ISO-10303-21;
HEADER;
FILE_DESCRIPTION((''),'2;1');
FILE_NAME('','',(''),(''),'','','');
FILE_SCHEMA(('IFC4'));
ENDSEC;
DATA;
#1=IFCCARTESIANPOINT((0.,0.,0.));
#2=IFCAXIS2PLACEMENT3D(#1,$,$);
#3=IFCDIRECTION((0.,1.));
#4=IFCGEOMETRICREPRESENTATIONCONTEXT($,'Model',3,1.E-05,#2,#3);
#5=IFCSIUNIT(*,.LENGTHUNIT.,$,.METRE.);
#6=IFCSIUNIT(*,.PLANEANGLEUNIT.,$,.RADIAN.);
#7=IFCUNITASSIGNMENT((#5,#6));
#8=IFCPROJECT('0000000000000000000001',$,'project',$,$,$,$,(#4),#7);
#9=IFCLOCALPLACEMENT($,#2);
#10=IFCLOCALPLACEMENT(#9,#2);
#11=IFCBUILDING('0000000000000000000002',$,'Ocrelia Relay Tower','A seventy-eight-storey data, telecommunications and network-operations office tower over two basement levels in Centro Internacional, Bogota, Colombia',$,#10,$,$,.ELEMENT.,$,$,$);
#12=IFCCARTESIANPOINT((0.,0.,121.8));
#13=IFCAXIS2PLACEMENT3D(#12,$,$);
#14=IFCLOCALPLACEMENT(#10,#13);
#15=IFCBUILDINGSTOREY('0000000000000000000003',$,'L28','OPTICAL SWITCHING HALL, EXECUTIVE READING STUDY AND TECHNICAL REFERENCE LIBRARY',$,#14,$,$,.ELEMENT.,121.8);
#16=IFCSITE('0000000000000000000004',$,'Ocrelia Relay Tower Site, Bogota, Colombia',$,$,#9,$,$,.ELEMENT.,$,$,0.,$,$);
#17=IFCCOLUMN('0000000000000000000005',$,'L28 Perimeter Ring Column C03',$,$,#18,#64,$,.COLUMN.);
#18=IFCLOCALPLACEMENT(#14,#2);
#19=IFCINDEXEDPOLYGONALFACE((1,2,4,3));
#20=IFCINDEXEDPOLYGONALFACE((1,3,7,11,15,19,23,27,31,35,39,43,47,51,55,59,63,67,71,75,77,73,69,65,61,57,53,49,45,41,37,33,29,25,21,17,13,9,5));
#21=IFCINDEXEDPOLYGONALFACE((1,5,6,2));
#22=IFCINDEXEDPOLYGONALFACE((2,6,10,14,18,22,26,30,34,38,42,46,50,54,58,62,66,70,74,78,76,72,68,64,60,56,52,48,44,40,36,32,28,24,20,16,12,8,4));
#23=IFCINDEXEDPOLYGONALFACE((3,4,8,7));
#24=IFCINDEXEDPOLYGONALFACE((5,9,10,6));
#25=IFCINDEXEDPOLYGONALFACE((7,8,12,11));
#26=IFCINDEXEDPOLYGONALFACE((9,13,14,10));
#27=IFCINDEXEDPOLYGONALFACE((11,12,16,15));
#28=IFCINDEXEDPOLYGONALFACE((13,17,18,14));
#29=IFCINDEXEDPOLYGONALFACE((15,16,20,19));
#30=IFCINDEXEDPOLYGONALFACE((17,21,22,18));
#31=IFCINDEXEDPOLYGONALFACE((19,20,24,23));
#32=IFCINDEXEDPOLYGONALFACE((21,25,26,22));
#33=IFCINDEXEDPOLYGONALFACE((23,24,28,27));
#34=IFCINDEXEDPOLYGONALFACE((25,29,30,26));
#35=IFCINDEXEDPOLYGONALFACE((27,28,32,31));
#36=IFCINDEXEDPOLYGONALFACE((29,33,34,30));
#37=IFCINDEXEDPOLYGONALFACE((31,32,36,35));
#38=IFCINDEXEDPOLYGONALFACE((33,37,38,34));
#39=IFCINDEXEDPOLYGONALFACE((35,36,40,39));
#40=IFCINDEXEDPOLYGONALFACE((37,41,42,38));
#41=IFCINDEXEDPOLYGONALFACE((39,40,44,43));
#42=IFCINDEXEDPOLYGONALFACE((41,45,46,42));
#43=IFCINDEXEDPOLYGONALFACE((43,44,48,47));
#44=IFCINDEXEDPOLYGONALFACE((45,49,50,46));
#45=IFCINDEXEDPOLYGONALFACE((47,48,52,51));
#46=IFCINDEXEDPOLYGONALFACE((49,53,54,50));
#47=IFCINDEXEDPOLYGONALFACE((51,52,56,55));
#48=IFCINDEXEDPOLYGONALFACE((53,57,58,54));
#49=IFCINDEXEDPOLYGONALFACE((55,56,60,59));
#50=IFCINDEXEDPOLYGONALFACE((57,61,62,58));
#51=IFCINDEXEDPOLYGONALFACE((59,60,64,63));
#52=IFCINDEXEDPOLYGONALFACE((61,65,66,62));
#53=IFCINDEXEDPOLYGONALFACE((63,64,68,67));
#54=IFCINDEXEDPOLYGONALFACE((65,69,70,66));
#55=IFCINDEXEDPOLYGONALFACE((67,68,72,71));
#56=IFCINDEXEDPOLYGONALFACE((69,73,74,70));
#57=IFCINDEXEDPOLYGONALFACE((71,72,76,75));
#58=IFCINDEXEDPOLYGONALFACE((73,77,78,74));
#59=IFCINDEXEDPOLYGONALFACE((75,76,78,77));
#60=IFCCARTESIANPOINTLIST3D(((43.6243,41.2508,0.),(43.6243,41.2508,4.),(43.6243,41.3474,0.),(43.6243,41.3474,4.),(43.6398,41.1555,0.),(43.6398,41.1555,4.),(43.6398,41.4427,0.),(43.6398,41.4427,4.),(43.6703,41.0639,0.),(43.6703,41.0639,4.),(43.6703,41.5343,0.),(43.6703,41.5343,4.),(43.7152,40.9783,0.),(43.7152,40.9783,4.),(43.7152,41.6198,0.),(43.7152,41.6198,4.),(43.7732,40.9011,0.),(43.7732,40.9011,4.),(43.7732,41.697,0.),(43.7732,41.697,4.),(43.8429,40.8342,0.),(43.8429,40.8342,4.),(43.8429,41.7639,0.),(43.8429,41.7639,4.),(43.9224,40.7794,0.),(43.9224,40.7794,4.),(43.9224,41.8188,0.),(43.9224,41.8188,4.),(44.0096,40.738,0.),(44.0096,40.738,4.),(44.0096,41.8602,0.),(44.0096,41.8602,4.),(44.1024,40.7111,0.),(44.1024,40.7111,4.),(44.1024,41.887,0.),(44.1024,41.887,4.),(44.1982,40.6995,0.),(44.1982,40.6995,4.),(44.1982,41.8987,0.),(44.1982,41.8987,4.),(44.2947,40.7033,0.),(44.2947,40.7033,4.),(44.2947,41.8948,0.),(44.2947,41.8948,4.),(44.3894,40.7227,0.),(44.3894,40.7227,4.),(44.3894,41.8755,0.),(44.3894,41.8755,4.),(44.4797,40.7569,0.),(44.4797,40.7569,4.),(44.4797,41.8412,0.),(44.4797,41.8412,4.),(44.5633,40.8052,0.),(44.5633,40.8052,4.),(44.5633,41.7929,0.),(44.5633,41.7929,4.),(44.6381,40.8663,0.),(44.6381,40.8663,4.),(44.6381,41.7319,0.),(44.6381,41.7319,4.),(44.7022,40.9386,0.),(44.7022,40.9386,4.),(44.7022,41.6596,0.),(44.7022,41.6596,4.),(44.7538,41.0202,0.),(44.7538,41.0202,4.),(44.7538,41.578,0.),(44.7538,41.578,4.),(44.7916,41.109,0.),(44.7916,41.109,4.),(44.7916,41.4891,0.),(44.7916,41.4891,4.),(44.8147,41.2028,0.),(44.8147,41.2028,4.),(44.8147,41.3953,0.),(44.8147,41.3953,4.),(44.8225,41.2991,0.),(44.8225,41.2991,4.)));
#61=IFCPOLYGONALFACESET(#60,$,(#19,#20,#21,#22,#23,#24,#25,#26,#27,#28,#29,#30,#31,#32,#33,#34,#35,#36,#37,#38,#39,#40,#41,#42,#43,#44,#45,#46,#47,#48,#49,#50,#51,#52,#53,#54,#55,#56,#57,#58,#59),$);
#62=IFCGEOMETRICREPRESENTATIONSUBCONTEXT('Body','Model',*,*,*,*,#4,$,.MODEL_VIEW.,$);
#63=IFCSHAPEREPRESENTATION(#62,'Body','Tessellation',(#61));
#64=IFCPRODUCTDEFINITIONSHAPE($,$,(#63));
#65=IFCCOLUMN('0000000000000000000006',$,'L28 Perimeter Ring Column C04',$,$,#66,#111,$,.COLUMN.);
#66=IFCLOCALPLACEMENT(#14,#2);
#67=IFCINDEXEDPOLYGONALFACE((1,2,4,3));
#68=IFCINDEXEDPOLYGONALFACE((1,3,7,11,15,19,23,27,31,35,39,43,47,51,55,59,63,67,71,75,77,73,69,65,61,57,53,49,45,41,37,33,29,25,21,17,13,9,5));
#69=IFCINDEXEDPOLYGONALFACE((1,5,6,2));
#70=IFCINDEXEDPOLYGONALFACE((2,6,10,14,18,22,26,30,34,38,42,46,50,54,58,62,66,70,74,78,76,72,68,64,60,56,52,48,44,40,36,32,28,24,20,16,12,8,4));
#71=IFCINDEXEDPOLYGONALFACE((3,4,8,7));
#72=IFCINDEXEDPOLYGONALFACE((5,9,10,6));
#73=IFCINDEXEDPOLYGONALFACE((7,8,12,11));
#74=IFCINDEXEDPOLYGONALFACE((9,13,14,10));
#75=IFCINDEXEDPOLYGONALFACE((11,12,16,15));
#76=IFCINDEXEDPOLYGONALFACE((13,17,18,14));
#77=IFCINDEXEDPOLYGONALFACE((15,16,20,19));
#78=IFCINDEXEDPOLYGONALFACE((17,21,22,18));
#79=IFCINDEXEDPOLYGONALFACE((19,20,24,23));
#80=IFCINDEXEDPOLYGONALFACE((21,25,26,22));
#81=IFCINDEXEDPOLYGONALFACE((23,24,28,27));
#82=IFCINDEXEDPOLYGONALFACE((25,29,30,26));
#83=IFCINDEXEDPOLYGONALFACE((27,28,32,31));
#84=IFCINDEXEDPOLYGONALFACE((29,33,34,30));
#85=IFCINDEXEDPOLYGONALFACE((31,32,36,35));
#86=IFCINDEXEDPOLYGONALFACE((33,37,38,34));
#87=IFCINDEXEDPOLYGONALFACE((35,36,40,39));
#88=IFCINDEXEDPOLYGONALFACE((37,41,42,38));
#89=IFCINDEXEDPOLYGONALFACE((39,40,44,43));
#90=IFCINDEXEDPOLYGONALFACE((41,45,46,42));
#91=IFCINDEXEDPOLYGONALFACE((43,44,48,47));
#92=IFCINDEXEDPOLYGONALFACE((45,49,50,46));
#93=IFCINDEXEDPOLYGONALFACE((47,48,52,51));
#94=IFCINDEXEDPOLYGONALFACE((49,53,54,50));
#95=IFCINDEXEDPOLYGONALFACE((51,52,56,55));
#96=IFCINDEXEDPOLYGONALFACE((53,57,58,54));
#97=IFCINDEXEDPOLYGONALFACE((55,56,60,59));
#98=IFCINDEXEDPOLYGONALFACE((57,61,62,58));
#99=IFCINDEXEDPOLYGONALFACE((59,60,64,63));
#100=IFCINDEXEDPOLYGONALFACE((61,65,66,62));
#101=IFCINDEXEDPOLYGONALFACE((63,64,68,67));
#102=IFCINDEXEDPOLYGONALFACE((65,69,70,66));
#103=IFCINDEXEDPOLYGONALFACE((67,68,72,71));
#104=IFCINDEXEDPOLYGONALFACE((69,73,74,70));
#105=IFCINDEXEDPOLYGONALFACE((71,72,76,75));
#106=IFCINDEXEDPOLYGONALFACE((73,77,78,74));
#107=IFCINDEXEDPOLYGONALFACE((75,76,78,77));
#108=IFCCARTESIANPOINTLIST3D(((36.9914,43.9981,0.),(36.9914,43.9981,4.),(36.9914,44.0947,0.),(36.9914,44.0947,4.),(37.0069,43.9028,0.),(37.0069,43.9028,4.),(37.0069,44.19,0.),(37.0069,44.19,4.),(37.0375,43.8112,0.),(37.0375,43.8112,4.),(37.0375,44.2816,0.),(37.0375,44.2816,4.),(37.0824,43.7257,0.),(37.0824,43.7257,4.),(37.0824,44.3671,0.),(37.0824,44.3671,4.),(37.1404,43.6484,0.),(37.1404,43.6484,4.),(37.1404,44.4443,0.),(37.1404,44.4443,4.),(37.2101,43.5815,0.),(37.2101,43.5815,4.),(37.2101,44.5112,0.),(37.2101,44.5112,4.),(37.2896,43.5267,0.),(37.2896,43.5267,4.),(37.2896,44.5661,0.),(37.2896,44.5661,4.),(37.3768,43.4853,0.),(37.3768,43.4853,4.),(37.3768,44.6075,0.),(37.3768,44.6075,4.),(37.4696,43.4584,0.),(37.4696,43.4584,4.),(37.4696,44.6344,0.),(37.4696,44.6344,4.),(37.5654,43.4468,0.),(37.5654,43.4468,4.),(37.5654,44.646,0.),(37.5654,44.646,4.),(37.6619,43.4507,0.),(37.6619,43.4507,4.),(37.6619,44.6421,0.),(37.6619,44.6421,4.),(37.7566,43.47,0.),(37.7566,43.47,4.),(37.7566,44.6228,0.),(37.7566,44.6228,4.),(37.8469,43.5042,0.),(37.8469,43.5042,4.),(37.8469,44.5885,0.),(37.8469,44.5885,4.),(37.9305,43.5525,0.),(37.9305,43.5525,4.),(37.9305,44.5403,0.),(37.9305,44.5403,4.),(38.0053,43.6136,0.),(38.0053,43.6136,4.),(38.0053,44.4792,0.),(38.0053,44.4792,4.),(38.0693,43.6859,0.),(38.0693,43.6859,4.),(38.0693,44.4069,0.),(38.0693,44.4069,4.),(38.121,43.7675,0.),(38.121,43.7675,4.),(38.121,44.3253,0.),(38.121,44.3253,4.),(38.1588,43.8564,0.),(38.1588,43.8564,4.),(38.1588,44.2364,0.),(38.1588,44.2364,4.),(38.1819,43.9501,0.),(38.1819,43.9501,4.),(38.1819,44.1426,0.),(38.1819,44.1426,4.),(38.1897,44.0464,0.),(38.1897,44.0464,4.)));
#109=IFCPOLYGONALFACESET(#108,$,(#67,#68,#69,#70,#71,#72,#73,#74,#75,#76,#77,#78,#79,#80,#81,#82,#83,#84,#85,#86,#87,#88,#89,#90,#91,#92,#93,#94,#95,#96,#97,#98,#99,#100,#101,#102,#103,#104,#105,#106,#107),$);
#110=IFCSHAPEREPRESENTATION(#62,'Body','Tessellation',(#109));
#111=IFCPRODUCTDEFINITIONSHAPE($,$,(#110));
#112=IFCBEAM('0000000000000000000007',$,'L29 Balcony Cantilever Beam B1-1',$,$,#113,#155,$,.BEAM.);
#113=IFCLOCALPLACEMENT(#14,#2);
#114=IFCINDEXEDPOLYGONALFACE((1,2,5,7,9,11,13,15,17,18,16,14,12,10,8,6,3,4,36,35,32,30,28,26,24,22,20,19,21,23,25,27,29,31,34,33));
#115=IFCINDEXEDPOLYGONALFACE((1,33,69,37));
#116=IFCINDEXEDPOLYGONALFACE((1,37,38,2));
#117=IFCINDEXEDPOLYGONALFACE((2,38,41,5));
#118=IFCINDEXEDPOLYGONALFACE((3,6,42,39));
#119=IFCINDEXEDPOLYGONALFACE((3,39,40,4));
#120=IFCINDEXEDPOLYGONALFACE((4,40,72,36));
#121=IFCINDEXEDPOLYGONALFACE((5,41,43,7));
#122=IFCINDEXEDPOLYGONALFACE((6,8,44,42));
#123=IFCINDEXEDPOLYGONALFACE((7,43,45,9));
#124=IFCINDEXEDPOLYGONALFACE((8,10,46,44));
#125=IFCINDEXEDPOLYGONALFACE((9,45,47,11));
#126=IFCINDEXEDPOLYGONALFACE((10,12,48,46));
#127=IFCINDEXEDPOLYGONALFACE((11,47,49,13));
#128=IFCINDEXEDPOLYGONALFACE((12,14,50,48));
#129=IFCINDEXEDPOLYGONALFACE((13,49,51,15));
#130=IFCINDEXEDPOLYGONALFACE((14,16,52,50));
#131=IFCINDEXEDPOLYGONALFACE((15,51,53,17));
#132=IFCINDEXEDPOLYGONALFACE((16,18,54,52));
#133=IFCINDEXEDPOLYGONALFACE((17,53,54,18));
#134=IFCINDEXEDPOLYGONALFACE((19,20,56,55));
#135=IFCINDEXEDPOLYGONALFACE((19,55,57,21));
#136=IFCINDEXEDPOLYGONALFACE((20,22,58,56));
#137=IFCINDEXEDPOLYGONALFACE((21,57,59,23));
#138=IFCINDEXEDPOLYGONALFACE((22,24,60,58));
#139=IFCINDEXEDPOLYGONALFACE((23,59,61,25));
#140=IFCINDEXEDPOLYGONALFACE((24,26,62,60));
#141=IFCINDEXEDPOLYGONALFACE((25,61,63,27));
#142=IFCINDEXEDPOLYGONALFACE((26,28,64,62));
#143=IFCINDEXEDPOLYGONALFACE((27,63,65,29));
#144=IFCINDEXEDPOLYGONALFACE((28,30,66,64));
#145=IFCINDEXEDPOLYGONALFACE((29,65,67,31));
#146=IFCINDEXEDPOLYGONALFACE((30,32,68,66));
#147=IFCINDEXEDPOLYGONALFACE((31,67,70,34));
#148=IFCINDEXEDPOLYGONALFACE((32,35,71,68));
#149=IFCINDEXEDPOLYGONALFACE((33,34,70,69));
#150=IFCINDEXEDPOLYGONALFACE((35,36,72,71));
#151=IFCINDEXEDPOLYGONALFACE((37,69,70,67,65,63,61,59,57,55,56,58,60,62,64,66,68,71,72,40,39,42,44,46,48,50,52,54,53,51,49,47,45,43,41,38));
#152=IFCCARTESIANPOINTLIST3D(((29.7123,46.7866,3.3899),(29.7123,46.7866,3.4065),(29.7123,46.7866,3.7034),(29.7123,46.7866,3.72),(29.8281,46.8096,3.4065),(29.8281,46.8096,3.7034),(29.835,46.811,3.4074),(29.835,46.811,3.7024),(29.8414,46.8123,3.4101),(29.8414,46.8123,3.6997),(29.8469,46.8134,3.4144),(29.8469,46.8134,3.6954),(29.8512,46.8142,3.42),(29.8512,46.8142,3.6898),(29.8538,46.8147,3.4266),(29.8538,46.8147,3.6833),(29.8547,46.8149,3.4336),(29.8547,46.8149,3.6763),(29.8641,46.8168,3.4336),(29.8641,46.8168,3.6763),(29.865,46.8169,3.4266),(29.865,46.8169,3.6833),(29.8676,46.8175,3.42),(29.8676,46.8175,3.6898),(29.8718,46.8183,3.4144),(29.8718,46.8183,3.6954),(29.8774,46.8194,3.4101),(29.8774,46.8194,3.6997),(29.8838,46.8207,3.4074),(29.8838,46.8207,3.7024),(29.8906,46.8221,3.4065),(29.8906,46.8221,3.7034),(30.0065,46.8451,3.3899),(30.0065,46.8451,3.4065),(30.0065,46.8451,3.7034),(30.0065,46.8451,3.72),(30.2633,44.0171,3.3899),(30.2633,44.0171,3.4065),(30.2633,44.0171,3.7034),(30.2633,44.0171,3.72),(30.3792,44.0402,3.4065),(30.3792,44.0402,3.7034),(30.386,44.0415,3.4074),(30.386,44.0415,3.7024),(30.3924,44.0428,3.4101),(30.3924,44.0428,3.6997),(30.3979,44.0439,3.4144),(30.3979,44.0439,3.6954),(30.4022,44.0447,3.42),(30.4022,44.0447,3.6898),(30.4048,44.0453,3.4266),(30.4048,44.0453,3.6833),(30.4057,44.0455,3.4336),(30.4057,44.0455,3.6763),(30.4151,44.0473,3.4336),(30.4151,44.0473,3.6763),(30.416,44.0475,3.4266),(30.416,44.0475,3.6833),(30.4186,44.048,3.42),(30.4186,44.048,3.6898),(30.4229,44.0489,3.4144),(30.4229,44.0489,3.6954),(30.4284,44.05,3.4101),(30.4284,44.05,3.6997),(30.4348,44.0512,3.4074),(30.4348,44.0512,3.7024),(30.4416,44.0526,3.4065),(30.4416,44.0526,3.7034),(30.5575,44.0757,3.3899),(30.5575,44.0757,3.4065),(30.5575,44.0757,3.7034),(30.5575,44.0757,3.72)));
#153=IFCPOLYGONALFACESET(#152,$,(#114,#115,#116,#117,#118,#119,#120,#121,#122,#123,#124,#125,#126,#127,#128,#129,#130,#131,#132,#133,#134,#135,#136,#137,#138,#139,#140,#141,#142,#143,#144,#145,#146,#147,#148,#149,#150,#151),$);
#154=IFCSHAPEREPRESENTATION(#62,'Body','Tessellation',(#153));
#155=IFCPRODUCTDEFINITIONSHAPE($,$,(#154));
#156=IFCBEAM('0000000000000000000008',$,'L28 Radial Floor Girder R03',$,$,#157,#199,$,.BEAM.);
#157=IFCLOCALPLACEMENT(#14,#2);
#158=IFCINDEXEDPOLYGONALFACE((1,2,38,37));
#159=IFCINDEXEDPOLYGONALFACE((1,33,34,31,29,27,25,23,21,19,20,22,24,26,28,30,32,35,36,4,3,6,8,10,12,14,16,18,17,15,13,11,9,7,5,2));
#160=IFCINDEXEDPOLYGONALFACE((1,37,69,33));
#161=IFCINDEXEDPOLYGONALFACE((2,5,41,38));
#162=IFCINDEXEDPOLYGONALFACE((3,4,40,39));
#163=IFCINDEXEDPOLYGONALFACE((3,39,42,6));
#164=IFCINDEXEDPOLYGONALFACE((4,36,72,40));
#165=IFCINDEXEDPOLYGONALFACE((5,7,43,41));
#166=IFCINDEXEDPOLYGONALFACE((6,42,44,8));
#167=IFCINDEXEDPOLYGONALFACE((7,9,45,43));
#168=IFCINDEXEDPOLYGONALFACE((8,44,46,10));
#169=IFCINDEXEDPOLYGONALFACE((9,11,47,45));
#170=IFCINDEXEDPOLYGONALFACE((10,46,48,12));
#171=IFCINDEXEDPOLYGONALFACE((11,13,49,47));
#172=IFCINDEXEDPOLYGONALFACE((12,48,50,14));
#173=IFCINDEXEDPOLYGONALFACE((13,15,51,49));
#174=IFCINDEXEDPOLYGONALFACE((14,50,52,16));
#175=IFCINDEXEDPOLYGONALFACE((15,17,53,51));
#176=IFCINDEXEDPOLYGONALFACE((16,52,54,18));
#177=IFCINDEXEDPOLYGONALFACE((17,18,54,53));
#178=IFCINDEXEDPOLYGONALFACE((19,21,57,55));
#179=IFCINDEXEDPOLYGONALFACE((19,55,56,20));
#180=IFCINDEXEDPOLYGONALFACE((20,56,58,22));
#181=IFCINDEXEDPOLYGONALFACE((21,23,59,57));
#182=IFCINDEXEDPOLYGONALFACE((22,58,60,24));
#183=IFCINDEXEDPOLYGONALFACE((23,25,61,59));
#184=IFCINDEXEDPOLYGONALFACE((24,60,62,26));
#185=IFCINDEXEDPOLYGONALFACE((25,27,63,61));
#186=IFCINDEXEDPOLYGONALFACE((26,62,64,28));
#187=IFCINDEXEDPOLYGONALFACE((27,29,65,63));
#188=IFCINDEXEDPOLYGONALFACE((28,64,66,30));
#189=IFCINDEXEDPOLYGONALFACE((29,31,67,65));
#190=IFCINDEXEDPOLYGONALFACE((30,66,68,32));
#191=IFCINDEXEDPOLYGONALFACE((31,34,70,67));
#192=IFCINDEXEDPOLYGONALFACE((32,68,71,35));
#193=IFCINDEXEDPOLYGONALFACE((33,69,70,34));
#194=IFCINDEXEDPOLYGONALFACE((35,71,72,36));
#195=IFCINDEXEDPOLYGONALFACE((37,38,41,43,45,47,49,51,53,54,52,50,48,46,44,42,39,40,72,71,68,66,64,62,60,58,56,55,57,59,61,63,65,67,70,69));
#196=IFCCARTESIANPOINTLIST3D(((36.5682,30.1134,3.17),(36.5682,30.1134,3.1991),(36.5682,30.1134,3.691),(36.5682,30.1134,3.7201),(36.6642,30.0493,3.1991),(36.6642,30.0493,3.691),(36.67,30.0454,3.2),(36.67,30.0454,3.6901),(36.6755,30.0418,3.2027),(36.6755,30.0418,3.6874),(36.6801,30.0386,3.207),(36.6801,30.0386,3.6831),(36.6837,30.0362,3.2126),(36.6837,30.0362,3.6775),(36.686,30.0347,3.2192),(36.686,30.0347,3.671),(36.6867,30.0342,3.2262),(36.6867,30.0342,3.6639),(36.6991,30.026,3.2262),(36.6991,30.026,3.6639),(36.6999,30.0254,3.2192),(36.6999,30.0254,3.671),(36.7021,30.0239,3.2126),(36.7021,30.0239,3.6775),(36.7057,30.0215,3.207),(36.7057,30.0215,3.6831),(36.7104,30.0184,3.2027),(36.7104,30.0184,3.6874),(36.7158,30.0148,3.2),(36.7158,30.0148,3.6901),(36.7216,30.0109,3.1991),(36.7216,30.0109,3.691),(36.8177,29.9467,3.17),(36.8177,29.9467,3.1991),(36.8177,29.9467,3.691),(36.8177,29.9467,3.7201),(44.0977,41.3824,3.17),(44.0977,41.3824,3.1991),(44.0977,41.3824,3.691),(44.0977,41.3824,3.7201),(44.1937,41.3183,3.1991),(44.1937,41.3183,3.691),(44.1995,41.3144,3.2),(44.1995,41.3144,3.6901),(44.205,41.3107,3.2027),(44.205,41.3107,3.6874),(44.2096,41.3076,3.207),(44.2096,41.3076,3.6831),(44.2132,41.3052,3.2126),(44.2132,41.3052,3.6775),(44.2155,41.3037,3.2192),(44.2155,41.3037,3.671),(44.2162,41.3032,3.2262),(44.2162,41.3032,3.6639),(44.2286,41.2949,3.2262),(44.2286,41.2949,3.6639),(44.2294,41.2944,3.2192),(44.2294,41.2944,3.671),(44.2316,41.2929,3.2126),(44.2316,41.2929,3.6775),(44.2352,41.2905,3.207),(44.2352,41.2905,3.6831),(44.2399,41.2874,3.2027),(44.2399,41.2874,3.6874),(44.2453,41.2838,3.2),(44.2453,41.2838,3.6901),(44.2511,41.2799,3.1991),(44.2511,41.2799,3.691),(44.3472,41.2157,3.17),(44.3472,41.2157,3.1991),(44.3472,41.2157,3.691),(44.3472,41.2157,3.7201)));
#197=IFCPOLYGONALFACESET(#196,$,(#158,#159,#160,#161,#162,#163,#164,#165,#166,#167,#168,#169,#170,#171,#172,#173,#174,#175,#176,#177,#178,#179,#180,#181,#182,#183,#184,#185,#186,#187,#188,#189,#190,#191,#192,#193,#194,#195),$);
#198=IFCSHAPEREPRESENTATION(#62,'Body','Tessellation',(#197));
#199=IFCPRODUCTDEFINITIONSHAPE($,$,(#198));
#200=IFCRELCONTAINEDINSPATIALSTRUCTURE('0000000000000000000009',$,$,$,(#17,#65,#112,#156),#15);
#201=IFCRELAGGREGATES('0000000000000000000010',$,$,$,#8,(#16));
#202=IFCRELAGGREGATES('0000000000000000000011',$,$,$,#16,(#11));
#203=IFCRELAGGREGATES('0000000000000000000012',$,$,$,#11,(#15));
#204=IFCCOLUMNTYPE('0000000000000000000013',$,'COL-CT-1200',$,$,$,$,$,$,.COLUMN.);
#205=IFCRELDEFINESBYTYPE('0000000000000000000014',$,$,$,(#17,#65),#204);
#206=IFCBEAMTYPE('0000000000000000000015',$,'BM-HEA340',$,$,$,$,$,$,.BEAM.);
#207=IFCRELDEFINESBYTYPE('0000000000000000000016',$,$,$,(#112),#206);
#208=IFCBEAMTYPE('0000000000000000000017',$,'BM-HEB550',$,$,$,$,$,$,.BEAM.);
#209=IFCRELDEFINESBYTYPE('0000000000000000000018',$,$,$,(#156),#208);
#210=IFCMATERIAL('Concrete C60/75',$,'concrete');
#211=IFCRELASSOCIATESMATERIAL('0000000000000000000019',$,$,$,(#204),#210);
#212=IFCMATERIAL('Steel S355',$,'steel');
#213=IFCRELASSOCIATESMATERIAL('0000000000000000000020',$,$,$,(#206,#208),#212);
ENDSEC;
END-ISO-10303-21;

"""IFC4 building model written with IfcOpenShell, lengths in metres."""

from ifc_helpers import new_model, si_unit, direction, frame, origin, origin_2d, place, context, subcontext, project, spatial, circle, i_section, extrude, material, material_profile, profile_set, type_object, element, save


model = new_model("IFC4")

# Units and contexts
model_context = context("Model", 3, precision=1e-05, world=origin(), true_north=direction((0.0, 1.0)))
body_context = subcontext(model_context, "Body", "Model", "MODEL_VIEW")
ifc_project = project(units=[si_unit("LENGTHUNIT", "METRE"), si_unit("PLANEANGLEUNIT", "RADIAN")], contexts=[model_context])

# Site, building, storey
site_placement = place(None, origin())
site = spatial("IfcSite", under=ifc_project, at=site_placement, Name="Ocrelia Relay Tower Site, Bogota, Colombia", CompositionType="ELEMENT", RefElevation=0.0)
building_placement = place(site_placement, origin())
building = spatial("IfcBuilding", under=site, at=building_placement, Name="Ocrelia Relay Tower", Description="A seventy-eight-storey data, telecommunications and network-operations office tower over two basement levels in Centro Internacional, Bogota, Colombia", CompositionType="ELEMENT")
storey_placement = place(building_placement, frame((0.0, 0.0, 121.8)))
storey = spatial("IfcBuildingStorey", under=building, at=storey_placement, Name="L28", Description="OPTICAL SWITCHING HALL, EXECUTIVE READING STUDY AND TECHNICAL REFERENCE LIBRARY", CompositionType="ELEMENT", Elevation=121.8)

# Columns
ifc_material_1 = material(Name="Concrete C60/75", Category="concrete")
ifc_material_profile_1 = material_profile(ifc_material_1, circle(Radius=0.6001, at=origin_2d()), Name="RC-CIR-1200")
ifc_profile_set_1 = profile_set([ifc_material_profile_1], Name="Concrete C60/75")
column_type = type_object("IfcColumnType", Name="COL-CT-1200", PredefinedType="COLUMN", material=ifc_profile_set_1)
for number, where, z_axis, x_axis, name in (
    (1, (44.2224, 41.2991, 0.0), (0.0, 0.0, 1.0), (1.0, 0.0, 0.0), "L28 Perimeter Ring Column C03"),
    (2, (37.5896, 44.0464, 0.0), (0.0, 0.0, 1.0), (1.0, 0.0, 0.0), "L28 Perimeter Ring Column C04"),
):
    element("IfcColumn", number, at=place(storey_placement, frame(where, z_axis=z_axis, x_axis=x_axis)), inside=storey, type_object=column_type, Name=name, PredefinedType="COLUMN", context=body_context, shape_type="SweptSolid", body=[
        extrude(circle(Radius=0.6001, at=origin_2d()), origin(), (0.0, 0.0, 1.0), 4.0),
    ])

# Beams
ifc_material_2 = material(Name="Steel S355", Category="steel")
ifc_material_profile_2 = material_profile(ifc_material_2, i_section(OverallWidth=0.3, OverallDepth=0.3301, WebThickness=0.0095, FlangeThickness=0.0166, FilletRadius=0.0271, at=origin_2d()), Name="HEA 340")
ifc_profile_set_2 = profile_set([ifc_material_profile_2], Name="Steel S355")
beam_type_1 = type_object("IfcBeamType", Name="BM-HEA340", PredefinedType="BEAM", material=ifc_profile_set_2)
beam_1_placement = place(storey_placement, frame((30.4104, 44.0464, 3.5549), z_axis=(-0.195135, 0.980776, 0.0), x_axis=(-0.980776, -0.195135, 0.0)))
element("IfcBeam", 3, at=beam_1_placement, inside=storey, type_object=beam_type_1, Name="L29 Balcony Cantilever Beam B1-1", PredefinedType="BEAM", context=body_context, shape_type="SweptSolid", body=[
    extrude(i_section(OverallWidth=0.3, OverallDepth=0.3301, WebThickness=0.0095, FlangeThickness=0.0166, FilletRadius=0.0271, at=origin_2d()), origin(), (0.0, 0.0, 1.0), 2.8237),
])
ifc_material_profile_3 = material_profile(ifc_material_2, i_section(OverallWidth=0.3, OverallDepth=0.55, WebThickness=0.0149, FlangeThickness=0.0291, FilletRadius=0.0271, at=origin_2d()), Name="HEB 550")
ifc_profile_set_3 = profile_set([ifc_material_profile_3], Name="Steel S355")
beam_type_2 = type_object("IfcBeamType", Name="BM-HEB550", PredefinedType="BEAM", material=ifc_profile_set_3)
beam_2_placement = place(storey_placement, frame((44.2224, 41.2991, 3.4451), z_axis=(-0.55556, -0.831476, 0.0), x_axis=(0.831476, -0.55556, 0.0)))
element("IfcBeam", 4, at=beam_2_placement, inside=storey, type_object=beam_type_2, Name="L28 Radial Floor Girder R03", PredefinedType="BEAM", context=body_context, shape_type="SweptSolid", body=[
    extrude(i_section(OverallWidth=0.3, OverallDepth=0.55, WebThickness=0.0149, FlangeThickness=0.0291, FilletRadius=0.0271, at=origin_2d()), origin(), (0.0, 0.0, 1.0), 13.553),
])

save(model, "model.ifc")
